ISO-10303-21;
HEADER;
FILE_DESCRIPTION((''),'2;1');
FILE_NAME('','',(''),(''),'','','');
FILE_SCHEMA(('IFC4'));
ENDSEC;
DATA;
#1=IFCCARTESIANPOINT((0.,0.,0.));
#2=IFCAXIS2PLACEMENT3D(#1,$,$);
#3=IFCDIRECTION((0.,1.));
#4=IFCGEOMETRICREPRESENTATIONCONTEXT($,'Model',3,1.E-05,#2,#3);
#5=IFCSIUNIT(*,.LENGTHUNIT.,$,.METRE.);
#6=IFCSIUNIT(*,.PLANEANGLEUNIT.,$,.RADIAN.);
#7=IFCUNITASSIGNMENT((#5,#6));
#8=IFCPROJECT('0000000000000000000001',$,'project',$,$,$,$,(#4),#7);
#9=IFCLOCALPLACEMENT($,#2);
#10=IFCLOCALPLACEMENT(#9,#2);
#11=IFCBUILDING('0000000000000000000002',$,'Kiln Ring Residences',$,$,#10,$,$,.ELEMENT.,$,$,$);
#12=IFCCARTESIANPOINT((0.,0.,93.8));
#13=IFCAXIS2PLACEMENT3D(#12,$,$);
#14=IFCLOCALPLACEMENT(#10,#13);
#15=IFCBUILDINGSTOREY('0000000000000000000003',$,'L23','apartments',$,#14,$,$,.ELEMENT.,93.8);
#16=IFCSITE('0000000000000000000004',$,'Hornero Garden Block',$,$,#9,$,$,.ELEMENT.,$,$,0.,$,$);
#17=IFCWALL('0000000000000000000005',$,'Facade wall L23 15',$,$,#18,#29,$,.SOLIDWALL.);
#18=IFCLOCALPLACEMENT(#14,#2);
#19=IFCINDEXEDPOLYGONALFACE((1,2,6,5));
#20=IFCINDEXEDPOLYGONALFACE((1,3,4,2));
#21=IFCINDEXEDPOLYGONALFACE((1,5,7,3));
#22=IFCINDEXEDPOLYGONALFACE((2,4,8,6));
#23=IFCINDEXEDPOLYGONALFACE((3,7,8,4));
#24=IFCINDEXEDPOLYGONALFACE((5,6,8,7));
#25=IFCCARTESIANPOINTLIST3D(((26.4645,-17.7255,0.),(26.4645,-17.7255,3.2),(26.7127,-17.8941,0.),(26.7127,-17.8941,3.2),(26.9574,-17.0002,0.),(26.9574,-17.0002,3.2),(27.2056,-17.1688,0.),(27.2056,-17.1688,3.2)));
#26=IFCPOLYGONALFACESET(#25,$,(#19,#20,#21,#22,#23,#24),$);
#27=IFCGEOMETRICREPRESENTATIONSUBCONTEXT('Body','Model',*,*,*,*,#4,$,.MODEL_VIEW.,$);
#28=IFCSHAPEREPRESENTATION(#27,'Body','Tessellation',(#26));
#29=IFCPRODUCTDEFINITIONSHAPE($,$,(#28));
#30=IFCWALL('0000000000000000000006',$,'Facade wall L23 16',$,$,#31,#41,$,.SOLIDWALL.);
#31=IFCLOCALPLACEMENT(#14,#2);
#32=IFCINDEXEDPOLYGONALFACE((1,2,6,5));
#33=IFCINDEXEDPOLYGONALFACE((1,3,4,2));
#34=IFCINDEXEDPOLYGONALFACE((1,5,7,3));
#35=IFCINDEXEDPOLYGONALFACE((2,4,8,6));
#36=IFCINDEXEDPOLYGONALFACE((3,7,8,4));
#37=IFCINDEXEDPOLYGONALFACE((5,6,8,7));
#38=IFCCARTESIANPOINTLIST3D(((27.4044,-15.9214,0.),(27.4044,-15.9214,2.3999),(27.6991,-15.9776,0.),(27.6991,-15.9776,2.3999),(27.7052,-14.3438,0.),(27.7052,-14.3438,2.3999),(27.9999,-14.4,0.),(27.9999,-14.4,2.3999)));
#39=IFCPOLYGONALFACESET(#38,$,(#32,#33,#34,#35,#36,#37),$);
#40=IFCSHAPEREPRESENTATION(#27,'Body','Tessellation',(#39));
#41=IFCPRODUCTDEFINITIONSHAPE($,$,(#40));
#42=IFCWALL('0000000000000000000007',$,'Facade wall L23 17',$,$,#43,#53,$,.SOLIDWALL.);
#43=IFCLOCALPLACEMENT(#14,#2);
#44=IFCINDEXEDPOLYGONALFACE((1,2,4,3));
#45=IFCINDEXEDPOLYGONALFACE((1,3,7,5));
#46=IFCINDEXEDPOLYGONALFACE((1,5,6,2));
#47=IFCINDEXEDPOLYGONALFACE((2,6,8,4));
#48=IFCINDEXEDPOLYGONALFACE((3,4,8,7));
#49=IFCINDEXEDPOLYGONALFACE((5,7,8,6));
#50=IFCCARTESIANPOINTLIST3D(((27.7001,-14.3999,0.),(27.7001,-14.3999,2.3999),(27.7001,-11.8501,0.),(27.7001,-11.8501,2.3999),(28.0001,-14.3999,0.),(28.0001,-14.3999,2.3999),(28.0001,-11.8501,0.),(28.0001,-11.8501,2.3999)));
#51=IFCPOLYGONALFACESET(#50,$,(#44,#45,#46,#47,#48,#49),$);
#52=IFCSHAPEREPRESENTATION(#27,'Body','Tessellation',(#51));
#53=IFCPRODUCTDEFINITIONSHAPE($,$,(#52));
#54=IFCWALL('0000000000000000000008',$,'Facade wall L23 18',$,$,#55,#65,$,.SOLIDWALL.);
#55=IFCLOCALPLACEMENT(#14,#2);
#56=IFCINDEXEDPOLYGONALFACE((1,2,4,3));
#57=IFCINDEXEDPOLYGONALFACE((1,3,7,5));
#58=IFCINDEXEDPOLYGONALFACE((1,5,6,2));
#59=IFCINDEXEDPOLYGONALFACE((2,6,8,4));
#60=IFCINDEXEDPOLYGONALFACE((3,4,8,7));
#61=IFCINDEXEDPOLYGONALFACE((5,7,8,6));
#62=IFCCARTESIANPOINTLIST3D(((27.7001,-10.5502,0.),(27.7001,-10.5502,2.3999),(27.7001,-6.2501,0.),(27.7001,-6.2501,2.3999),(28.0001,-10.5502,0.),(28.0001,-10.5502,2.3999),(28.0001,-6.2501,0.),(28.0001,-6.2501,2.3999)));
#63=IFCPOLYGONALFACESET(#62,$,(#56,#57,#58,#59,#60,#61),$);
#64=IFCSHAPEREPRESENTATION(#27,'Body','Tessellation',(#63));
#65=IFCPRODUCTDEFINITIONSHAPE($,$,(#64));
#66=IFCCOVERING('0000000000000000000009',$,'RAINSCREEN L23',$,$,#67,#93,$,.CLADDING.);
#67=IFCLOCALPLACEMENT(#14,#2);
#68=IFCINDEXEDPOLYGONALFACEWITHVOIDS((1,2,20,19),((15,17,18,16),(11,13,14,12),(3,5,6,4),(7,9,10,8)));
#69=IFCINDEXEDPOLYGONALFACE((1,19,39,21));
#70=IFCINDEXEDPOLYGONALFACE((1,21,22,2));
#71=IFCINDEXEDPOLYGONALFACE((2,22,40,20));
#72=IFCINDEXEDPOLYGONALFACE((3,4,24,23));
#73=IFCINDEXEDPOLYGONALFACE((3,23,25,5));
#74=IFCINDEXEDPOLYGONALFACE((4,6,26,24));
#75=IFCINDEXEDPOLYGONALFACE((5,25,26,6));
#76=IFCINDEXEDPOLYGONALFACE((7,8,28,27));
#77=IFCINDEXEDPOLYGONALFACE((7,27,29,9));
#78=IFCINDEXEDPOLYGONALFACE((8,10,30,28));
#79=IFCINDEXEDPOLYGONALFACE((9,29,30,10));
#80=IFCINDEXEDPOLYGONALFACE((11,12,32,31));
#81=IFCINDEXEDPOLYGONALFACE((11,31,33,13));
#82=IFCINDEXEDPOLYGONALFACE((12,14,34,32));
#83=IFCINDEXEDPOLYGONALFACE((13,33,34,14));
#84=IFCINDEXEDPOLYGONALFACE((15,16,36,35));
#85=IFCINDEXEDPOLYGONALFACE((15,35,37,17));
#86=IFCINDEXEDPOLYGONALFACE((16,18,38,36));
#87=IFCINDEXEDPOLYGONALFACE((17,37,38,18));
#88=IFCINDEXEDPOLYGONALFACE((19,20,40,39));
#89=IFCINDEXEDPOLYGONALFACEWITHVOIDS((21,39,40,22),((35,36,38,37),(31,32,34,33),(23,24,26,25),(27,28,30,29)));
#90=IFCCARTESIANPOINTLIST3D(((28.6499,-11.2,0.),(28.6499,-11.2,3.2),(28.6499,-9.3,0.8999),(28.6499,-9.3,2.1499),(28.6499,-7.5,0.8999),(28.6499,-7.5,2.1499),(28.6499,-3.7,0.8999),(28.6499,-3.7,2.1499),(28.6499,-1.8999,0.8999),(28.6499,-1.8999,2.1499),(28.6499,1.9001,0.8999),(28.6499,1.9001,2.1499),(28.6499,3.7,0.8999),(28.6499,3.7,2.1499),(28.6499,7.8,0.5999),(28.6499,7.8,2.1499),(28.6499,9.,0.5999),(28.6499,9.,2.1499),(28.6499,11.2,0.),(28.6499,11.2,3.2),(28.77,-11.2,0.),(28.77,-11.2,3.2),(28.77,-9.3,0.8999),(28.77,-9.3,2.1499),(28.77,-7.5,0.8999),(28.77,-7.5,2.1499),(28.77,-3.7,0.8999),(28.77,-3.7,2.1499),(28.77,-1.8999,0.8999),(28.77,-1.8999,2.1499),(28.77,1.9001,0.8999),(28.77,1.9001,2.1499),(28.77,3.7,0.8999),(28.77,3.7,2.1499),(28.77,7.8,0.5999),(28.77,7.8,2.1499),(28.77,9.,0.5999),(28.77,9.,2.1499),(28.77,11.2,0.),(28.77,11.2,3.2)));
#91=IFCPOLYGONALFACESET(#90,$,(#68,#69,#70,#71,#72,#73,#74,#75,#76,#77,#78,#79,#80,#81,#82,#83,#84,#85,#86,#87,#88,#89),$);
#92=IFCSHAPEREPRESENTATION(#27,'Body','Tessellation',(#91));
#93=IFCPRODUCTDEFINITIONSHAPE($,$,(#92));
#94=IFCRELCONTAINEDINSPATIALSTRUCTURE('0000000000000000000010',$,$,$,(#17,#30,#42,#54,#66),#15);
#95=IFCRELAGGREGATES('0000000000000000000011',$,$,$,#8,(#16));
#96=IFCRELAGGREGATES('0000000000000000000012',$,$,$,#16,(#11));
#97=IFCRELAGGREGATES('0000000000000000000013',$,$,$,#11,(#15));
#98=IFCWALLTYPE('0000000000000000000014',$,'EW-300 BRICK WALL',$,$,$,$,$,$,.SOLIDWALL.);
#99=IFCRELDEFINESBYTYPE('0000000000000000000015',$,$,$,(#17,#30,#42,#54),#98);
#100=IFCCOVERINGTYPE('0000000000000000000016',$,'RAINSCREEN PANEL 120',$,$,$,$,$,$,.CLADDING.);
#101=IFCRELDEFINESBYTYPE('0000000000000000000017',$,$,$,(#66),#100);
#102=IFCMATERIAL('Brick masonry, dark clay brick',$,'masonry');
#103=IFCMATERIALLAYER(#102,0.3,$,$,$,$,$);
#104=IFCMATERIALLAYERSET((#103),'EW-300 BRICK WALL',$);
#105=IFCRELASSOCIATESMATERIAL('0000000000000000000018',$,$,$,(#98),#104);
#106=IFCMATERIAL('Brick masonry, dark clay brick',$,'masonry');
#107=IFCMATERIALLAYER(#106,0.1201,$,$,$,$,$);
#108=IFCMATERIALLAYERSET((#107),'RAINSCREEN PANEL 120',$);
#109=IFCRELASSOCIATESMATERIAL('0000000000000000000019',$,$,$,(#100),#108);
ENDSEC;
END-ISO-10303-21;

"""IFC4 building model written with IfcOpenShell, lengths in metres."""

from ifc_helpers import new_model, si_unit, direction, frame, frame_2d, origin, place, context, subcontext, project, spatial, polyline, rectangle, outline, extrude, material, layer, layer_set, type_object, element, save


model = new_model("IFC4")

# Units and contexts
model_context = context("Model", 3, precision=1e-05, world=origin(), true_north=direction((0.0, 1.0)))
body_context = subcontext(model_context, "Body", "Model", "MODEL_VIEW")
ifc_project = project(units=[si_unit("LENGTHUNIT", "METRE"), si_unit("PLANEANGLEUNIT", "RADIAN")], contexts=[model_context])

# Site, building, storey
site_placement = place(None, origin())
site = spatial("IfcSite", under=ifc_project, at=site_placement, Name="Hornero Garden Block", CompositionType="ELEMENT", RefElevation=0.0)
building_placement = place(site_placement, origin())
building = spatial("IfcBuilding", under=site, at=building_placement, Name="Kiln Ring Residences", CompositionType="ELEMENT")
storey_placement = place(building_placement, frame((0.0, 0.0, 93.8)))
storey = spatial("IfcBuildingStorey", under=building, at=storey_placement, Name="L23", Description="apartments", CompositionType="ELEMENT", Elevation=93.8)

# Walls
ifc_material_1 = material(Name="Brick masonry, dark clay brick", Category="masonry")
ifc_layer_1 = layer(ifc_material_1, 0.3)
ifc_layer_set_1 = layer_set([ifc_layer_1], Name="EW-300 BRICK WALL")
wall_type_1 = type_object("IfcWallType", Name="EW-300 BRICK WALL", PredefinedType="SOLIDWALL", material=ifc_layer_set_1)
wall_1_placement = place(storey_placement, frame((26.5886, -17.8098, 0.0), z_axis=(0.0, 0.0, 1.0), x_axis=(0.562066, 0.827092, 0.0)))
element("IfcWall", 1, at=wall_1_placement, inside=storey, type_object=wall_type_1, Name="Facade wall L23 15", PredefinedType="SOLIDWALL", context=body_context, shape_type="SweptSolid", body=[
    extrude(rectangle(XDim=0.877, YDim=0.3, at=frame_2d((0.4385, 0.0))), origin(), (0.0, 0.0, 1.0), 3.2),
])
wall_2_placement = place(storey_placement, frame((27.5518, -15.9495, 0.0), z_axis=(0.0, 0.0, 1.0), x_axis=(0.18728, 0.982307, 0.0)))
element("IfcWall", 2, at=wall_2_placement, inside=storey, type_object=wall_type_1, Name="Facade wall L23 16", PredefinedType="SOLIDWALL", context=body_context, shape_type="SweptSolid", body=[
    extrude(rectangle(XDim=1.606, YDim=0.3, at=frame_2d((0.803, 0.0))), origin(), (0.0, 0.0, 1.0), 2.3999),
])
wall_3_placement = place(storey_placement, frame((27.8501, -14.3999, 0.0), z_axis=(0.0, 0.0, 1.0), x_axis=(0.0, 1.0, 0.0)))
element("IfcWall", 3, at=wall_3_placement, inside=storey, type_object=wall_type_1, Name="Facade wall L23 17", PredefinedType="SOLIDWALL", context=body_context, shape_type="SweptSolid", body=[
    extrude(rectangle(XDim=2.5498, YDim=0.3, at=frame_2d((1.2749, 0.0))), origin(), (0.0, 0.0, 1.0), 2.3999),
])
wall_4_placement = place(storey_placement, frame((27.8501, -10.55, 0.0), z_axis=(0.0, 0.0, 1.0), x_axis=(0.0, 1.0, 0.0)))
element("IfcWall", 4, at=wall_4_placement, inside=storey, type_object=wall_type_1, Name="Facade wall L23 18", PredefinedType="SOLIDWALL", context=body_context, shape_type="SweptSolid", body=[
    extrude(rectangle(XDim=4.3, YDim=0.3, at=frame_2d((2.1499, 0.0))), origin(), (0.0, 0.0, 1.0), 2.3999),
])

# Covering
ifc_material_2 = material(Name="Brick masonry, dark clay brick", Category="masonry")
ifc_layer_2 = layer(ifc_material_2, 0.1201)
ifc_layer_set_2 = layer_set([ifc_layer_2], Name="RAINSCREEN PANEL 120")
covering_type = type_object("IfcCoveringType", Name="RAINSCREEN PANEL 120", PredefinedType="CLADDING", material=ifc_layer_set_2)
covering_placement = place(storey_placement, frame((28.71, -11.2, 0.0), z_axis=(0.0, 0.0, 1.0), x_axis=(0.0, 1.0, 0.0)))
element("IfcCovering", 5, at=covering_placement, inside=storey, type_object=covering_type, Name="RAINSCREEN L23", PredefinedType="CLADDING", context=body_context, shape_type="SweptSolid", body=[
    extrude(outline(polyline([(0.0, 0.0), (22.3999, 0.0), (22.3999, 3.2), (0.0, 3.2), (0.0, 0.0)]), holes=[polyline([(20.2, 0.5999), (20.2, 2.1499), (19.0, 2.1499), (19.0, 0.5999), (20.2, 0.5999)]), polyline([(3.7, 0.8999), (3.7, 2.1499), (1.8999, 2.1499), (1.8999, 0.8999), (3.7, 0.8999)]), polyline([(9.3, 0.8999), (9.3, 2.1499), (7.5, 2.1499), (7.5, 0.8999), (9.3, 0.8999)]), polyline([(14.8999, 0.8999), (14.8999, 2.1499), (13.1001, 2.1499), (13.1001, 0.8999), (14.8999, 0.8999)])]), frame((0.0, 0.0601, 0.0), z_axis=(0.0, -1.0, 0.0), x_axis=(1.0, 0.0, 0.0)), (0.0, 0.0, 1.0), 0.1201),
])

save(model, "model.ifc")
